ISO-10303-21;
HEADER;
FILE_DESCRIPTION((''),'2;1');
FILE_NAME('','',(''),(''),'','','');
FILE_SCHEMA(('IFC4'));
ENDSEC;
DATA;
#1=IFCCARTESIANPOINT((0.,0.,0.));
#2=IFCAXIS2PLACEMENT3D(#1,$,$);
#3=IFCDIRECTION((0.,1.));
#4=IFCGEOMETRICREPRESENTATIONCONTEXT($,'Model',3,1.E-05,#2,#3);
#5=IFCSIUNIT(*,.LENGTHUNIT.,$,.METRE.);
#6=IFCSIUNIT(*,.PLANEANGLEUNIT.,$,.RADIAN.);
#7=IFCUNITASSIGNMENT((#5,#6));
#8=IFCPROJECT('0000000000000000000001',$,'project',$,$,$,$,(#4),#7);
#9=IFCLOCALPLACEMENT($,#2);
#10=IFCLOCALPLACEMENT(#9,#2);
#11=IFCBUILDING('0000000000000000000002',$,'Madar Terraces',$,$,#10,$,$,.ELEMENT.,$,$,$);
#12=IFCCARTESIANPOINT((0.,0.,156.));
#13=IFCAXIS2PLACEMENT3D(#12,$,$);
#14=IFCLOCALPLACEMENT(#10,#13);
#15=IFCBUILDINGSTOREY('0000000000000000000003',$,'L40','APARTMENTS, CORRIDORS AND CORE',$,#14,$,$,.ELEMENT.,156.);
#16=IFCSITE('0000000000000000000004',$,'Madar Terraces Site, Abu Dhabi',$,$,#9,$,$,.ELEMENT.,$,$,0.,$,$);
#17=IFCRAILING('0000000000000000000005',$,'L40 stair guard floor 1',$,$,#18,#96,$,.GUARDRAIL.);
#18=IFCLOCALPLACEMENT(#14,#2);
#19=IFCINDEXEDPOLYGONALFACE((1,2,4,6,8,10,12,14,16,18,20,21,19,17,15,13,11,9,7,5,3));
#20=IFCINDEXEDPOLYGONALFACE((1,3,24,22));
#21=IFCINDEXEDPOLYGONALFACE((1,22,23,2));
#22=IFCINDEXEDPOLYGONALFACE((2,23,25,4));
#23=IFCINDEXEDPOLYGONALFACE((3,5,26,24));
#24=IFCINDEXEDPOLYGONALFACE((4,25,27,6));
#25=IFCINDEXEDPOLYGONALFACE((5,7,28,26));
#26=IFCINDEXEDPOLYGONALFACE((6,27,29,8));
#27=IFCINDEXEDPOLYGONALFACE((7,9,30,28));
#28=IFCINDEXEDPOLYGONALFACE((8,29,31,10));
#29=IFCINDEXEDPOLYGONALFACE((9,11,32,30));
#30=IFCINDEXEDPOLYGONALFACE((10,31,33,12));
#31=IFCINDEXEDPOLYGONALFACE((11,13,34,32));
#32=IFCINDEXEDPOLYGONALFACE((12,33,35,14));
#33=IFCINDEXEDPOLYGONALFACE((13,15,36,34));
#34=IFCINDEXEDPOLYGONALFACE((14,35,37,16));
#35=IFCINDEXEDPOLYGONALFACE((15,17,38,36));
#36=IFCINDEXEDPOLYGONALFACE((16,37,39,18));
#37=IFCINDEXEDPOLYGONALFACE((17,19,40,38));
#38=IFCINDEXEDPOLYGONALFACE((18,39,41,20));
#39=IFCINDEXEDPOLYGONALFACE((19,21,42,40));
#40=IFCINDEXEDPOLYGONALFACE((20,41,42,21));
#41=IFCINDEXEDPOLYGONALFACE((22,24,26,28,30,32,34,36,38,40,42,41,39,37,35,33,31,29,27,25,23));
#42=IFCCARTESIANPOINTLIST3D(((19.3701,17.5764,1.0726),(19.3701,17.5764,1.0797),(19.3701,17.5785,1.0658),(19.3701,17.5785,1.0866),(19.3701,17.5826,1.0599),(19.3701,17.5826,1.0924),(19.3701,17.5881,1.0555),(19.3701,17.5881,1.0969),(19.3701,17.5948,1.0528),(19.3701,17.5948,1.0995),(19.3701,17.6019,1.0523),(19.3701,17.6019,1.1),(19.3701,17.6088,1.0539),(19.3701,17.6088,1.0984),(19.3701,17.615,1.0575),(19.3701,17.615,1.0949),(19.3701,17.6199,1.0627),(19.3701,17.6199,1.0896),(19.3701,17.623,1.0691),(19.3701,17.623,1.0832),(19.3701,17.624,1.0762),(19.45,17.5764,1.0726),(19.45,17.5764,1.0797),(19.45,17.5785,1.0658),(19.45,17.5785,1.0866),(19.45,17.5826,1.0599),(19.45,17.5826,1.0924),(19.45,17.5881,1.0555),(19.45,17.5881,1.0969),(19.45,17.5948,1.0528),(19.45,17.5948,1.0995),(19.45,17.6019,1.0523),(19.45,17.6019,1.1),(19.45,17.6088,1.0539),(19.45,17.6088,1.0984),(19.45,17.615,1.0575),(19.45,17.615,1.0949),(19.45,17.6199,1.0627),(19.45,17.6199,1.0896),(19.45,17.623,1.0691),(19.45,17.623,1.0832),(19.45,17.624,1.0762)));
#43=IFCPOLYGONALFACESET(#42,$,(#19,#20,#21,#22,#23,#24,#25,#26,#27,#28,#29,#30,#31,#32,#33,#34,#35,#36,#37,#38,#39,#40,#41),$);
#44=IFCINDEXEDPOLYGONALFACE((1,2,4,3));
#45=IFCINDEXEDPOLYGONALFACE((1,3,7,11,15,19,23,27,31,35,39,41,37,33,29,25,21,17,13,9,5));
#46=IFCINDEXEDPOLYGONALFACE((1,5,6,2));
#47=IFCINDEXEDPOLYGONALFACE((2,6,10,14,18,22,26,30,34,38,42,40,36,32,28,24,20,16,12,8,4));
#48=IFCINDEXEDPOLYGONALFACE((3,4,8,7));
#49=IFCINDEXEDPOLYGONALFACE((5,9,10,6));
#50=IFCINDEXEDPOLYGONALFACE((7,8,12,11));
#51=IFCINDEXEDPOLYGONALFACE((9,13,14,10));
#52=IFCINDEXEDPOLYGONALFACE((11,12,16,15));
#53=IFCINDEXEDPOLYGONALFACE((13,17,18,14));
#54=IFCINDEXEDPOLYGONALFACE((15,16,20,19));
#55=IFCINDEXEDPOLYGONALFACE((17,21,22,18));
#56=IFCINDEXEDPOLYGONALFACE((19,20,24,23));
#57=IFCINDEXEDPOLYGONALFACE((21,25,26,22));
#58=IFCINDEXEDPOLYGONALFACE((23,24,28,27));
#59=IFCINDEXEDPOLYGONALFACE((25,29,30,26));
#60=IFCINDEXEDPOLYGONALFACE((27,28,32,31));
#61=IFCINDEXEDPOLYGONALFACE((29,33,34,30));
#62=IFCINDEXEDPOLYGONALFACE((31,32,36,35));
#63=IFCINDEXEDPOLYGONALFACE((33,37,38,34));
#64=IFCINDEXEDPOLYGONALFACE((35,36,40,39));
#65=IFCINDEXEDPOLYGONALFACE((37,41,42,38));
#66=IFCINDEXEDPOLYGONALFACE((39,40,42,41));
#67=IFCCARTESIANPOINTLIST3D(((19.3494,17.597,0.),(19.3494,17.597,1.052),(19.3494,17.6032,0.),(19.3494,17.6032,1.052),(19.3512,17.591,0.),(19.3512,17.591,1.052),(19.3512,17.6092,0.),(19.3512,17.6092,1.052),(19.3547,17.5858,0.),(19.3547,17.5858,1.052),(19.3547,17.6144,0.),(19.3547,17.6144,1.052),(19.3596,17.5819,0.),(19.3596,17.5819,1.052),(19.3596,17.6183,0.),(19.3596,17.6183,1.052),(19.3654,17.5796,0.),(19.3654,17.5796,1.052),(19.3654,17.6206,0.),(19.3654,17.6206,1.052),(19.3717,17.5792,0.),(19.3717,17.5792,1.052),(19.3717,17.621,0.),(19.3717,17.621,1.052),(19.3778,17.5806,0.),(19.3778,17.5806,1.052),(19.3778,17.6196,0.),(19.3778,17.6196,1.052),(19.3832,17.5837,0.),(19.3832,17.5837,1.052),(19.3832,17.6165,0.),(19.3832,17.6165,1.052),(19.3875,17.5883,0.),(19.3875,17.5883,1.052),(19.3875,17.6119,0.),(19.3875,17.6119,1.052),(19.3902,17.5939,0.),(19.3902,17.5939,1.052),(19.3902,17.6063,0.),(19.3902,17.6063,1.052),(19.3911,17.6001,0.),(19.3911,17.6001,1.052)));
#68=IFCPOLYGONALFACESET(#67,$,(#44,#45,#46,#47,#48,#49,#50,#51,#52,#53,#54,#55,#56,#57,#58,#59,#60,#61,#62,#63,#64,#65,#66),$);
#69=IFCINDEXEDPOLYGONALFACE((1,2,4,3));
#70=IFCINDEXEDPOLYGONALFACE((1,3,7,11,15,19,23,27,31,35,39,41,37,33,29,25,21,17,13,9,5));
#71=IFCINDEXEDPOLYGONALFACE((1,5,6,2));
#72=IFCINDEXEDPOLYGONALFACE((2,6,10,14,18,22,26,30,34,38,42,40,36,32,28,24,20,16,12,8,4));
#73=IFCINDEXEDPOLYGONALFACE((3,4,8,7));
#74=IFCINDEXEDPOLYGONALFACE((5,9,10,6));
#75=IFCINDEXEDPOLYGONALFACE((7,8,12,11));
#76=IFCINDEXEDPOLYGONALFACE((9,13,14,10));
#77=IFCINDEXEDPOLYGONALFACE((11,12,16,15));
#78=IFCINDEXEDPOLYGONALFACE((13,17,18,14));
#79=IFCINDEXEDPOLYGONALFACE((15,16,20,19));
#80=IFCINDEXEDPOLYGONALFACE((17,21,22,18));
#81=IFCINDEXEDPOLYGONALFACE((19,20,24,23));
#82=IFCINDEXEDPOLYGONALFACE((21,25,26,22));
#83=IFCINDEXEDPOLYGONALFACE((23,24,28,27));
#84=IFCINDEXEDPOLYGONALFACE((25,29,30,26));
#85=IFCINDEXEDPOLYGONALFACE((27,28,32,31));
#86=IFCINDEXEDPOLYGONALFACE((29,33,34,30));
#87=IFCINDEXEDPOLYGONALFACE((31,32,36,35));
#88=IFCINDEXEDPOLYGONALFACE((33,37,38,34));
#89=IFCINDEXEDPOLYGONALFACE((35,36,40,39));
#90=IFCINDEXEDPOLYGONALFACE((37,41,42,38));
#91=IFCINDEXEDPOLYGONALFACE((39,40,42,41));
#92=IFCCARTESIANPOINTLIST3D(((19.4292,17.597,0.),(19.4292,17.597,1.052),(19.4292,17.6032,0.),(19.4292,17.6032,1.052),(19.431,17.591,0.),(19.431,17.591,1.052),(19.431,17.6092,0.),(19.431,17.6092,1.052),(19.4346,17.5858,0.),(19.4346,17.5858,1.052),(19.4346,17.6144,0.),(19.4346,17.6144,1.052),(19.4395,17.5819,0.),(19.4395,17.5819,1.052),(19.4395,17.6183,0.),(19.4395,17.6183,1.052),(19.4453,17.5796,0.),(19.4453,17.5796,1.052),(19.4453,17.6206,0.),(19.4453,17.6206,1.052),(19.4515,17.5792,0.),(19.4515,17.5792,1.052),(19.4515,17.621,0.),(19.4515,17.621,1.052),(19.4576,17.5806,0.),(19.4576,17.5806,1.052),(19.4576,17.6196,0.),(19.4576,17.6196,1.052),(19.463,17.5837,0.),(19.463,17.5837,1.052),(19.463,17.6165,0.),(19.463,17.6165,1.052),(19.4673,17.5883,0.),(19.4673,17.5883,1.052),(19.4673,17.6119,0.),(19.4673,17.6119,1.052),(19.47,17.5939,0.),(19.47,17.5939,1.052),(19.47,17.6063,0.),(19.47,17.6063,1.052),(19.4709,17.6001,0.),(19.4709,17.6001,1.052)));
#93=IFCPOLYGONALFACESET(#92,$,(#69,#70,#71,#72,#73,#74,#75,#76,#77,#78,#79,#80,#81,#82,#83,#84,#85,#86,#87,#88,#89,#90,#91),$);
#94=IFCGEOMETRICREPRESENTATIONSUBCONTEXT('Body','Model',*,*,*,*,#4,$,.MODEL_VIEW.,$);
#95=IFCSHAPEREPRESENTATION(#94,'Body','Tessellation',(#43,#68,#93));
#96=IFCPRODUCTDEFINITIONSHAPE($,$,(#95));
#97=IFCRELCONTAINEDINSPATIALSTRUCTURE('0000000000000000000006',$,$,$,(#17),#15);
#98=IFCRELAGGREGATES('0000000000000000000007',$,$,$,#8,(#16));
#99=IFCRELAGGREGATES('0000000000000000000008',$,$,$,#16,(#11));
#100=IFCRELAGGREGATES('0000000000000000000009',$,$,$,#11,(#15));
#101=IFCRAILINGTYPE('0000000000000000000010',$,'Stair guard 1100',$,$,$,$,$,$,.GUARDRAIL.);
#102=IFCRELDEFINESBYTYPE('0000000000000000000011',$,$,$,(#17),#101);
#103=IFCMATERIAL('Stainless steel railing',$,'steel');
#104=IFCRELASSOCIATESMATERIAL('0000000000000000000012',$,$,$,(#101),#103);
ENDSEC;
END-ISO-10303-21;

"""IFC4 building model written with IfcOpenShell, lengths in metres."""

from ifc_helpers import new_model, si_unit, direction, frame, origin, origin_2d, place, context, subcontext, project, spatial, circle, extrude, material, type_object, element, save


model = new_model("IFC4")

# Units and contexts
model_context = context("Model", 3, precision=1e-05, world=origin(), true_north=direction((0.0, 1.0)))
body_context = subcontext(model_context, "Body", "Model", "MODEL_VIEW")
ifc_project = project(units=[si_unit("LENGTHUNIT", "METRE"), si_unit("PLANEANGLEUNIT", "RADIAN")], contexts=[model_context])

# Site, building, storey
site_placement = place(None, origin())
site = spatial("IfcSite", under=ifc_project, at=site_placement, Name="Madar Terraces Site, Abu Dhabi", CompositionType="ELEMENT", RefElevation=0.0)
building_placement = place(site_placement, origin())
building = spatial("IfcBuilding", under=site, at=building_placement, Name="Madar Terraces", CompositionType="ELEMENT")
storey_placement = place(building_placement, frame((0.0, 0.0, 156.0)))
storey = spatial("IfcBuildingStorey", under=building, at=storey_placement, Name="L40", Description="APARTMENTS, CORRIDORS AND CORE", CompositionType="ELEMENT", Elevation=156.0)

# Railing
ifc_material_1 = material(Name="Stainless steel railing", Category="steel")
railing_type_1 = type_object("IfcRailingType", Name="Stair guard 1100", PredefinedType="GUARDRAIL", material=ifc_material_1)
for number, where, name in (
    (1, (19.3701, 17.6001, 0.0), "L40 stair guard floor 1"),
):
    element("IfcRailing", number, at=place(storey_placement, frame(where)), inside=storey, type_object=railing_type_1, Name=name, PredefinedType="GUARDRAIL", context=body_context, shape_type="SweptSolid", body=[
        extrude(circle(Radius=0.0239, at=origin_2d()), frame((0.0, 0.0, 1.0762), z_axis=(1.0, 0.0, 0.0), x_axis=(0.0, 1.0, 0.0)), (0.0, 0.0, 1.0), 0.0798),
        extrude(circle(Radius=0.021, at=origin_2d()), origin(), (0.0, 0.0, 1.0), 1.052),
        extrude(circle(Radius=0.021, at=origin_2d()), frame((0.0798, 0.0, 0.0)), (0.0, 0.0, 1.0), 1.052),
    ])

save(model, "model.ifc")
